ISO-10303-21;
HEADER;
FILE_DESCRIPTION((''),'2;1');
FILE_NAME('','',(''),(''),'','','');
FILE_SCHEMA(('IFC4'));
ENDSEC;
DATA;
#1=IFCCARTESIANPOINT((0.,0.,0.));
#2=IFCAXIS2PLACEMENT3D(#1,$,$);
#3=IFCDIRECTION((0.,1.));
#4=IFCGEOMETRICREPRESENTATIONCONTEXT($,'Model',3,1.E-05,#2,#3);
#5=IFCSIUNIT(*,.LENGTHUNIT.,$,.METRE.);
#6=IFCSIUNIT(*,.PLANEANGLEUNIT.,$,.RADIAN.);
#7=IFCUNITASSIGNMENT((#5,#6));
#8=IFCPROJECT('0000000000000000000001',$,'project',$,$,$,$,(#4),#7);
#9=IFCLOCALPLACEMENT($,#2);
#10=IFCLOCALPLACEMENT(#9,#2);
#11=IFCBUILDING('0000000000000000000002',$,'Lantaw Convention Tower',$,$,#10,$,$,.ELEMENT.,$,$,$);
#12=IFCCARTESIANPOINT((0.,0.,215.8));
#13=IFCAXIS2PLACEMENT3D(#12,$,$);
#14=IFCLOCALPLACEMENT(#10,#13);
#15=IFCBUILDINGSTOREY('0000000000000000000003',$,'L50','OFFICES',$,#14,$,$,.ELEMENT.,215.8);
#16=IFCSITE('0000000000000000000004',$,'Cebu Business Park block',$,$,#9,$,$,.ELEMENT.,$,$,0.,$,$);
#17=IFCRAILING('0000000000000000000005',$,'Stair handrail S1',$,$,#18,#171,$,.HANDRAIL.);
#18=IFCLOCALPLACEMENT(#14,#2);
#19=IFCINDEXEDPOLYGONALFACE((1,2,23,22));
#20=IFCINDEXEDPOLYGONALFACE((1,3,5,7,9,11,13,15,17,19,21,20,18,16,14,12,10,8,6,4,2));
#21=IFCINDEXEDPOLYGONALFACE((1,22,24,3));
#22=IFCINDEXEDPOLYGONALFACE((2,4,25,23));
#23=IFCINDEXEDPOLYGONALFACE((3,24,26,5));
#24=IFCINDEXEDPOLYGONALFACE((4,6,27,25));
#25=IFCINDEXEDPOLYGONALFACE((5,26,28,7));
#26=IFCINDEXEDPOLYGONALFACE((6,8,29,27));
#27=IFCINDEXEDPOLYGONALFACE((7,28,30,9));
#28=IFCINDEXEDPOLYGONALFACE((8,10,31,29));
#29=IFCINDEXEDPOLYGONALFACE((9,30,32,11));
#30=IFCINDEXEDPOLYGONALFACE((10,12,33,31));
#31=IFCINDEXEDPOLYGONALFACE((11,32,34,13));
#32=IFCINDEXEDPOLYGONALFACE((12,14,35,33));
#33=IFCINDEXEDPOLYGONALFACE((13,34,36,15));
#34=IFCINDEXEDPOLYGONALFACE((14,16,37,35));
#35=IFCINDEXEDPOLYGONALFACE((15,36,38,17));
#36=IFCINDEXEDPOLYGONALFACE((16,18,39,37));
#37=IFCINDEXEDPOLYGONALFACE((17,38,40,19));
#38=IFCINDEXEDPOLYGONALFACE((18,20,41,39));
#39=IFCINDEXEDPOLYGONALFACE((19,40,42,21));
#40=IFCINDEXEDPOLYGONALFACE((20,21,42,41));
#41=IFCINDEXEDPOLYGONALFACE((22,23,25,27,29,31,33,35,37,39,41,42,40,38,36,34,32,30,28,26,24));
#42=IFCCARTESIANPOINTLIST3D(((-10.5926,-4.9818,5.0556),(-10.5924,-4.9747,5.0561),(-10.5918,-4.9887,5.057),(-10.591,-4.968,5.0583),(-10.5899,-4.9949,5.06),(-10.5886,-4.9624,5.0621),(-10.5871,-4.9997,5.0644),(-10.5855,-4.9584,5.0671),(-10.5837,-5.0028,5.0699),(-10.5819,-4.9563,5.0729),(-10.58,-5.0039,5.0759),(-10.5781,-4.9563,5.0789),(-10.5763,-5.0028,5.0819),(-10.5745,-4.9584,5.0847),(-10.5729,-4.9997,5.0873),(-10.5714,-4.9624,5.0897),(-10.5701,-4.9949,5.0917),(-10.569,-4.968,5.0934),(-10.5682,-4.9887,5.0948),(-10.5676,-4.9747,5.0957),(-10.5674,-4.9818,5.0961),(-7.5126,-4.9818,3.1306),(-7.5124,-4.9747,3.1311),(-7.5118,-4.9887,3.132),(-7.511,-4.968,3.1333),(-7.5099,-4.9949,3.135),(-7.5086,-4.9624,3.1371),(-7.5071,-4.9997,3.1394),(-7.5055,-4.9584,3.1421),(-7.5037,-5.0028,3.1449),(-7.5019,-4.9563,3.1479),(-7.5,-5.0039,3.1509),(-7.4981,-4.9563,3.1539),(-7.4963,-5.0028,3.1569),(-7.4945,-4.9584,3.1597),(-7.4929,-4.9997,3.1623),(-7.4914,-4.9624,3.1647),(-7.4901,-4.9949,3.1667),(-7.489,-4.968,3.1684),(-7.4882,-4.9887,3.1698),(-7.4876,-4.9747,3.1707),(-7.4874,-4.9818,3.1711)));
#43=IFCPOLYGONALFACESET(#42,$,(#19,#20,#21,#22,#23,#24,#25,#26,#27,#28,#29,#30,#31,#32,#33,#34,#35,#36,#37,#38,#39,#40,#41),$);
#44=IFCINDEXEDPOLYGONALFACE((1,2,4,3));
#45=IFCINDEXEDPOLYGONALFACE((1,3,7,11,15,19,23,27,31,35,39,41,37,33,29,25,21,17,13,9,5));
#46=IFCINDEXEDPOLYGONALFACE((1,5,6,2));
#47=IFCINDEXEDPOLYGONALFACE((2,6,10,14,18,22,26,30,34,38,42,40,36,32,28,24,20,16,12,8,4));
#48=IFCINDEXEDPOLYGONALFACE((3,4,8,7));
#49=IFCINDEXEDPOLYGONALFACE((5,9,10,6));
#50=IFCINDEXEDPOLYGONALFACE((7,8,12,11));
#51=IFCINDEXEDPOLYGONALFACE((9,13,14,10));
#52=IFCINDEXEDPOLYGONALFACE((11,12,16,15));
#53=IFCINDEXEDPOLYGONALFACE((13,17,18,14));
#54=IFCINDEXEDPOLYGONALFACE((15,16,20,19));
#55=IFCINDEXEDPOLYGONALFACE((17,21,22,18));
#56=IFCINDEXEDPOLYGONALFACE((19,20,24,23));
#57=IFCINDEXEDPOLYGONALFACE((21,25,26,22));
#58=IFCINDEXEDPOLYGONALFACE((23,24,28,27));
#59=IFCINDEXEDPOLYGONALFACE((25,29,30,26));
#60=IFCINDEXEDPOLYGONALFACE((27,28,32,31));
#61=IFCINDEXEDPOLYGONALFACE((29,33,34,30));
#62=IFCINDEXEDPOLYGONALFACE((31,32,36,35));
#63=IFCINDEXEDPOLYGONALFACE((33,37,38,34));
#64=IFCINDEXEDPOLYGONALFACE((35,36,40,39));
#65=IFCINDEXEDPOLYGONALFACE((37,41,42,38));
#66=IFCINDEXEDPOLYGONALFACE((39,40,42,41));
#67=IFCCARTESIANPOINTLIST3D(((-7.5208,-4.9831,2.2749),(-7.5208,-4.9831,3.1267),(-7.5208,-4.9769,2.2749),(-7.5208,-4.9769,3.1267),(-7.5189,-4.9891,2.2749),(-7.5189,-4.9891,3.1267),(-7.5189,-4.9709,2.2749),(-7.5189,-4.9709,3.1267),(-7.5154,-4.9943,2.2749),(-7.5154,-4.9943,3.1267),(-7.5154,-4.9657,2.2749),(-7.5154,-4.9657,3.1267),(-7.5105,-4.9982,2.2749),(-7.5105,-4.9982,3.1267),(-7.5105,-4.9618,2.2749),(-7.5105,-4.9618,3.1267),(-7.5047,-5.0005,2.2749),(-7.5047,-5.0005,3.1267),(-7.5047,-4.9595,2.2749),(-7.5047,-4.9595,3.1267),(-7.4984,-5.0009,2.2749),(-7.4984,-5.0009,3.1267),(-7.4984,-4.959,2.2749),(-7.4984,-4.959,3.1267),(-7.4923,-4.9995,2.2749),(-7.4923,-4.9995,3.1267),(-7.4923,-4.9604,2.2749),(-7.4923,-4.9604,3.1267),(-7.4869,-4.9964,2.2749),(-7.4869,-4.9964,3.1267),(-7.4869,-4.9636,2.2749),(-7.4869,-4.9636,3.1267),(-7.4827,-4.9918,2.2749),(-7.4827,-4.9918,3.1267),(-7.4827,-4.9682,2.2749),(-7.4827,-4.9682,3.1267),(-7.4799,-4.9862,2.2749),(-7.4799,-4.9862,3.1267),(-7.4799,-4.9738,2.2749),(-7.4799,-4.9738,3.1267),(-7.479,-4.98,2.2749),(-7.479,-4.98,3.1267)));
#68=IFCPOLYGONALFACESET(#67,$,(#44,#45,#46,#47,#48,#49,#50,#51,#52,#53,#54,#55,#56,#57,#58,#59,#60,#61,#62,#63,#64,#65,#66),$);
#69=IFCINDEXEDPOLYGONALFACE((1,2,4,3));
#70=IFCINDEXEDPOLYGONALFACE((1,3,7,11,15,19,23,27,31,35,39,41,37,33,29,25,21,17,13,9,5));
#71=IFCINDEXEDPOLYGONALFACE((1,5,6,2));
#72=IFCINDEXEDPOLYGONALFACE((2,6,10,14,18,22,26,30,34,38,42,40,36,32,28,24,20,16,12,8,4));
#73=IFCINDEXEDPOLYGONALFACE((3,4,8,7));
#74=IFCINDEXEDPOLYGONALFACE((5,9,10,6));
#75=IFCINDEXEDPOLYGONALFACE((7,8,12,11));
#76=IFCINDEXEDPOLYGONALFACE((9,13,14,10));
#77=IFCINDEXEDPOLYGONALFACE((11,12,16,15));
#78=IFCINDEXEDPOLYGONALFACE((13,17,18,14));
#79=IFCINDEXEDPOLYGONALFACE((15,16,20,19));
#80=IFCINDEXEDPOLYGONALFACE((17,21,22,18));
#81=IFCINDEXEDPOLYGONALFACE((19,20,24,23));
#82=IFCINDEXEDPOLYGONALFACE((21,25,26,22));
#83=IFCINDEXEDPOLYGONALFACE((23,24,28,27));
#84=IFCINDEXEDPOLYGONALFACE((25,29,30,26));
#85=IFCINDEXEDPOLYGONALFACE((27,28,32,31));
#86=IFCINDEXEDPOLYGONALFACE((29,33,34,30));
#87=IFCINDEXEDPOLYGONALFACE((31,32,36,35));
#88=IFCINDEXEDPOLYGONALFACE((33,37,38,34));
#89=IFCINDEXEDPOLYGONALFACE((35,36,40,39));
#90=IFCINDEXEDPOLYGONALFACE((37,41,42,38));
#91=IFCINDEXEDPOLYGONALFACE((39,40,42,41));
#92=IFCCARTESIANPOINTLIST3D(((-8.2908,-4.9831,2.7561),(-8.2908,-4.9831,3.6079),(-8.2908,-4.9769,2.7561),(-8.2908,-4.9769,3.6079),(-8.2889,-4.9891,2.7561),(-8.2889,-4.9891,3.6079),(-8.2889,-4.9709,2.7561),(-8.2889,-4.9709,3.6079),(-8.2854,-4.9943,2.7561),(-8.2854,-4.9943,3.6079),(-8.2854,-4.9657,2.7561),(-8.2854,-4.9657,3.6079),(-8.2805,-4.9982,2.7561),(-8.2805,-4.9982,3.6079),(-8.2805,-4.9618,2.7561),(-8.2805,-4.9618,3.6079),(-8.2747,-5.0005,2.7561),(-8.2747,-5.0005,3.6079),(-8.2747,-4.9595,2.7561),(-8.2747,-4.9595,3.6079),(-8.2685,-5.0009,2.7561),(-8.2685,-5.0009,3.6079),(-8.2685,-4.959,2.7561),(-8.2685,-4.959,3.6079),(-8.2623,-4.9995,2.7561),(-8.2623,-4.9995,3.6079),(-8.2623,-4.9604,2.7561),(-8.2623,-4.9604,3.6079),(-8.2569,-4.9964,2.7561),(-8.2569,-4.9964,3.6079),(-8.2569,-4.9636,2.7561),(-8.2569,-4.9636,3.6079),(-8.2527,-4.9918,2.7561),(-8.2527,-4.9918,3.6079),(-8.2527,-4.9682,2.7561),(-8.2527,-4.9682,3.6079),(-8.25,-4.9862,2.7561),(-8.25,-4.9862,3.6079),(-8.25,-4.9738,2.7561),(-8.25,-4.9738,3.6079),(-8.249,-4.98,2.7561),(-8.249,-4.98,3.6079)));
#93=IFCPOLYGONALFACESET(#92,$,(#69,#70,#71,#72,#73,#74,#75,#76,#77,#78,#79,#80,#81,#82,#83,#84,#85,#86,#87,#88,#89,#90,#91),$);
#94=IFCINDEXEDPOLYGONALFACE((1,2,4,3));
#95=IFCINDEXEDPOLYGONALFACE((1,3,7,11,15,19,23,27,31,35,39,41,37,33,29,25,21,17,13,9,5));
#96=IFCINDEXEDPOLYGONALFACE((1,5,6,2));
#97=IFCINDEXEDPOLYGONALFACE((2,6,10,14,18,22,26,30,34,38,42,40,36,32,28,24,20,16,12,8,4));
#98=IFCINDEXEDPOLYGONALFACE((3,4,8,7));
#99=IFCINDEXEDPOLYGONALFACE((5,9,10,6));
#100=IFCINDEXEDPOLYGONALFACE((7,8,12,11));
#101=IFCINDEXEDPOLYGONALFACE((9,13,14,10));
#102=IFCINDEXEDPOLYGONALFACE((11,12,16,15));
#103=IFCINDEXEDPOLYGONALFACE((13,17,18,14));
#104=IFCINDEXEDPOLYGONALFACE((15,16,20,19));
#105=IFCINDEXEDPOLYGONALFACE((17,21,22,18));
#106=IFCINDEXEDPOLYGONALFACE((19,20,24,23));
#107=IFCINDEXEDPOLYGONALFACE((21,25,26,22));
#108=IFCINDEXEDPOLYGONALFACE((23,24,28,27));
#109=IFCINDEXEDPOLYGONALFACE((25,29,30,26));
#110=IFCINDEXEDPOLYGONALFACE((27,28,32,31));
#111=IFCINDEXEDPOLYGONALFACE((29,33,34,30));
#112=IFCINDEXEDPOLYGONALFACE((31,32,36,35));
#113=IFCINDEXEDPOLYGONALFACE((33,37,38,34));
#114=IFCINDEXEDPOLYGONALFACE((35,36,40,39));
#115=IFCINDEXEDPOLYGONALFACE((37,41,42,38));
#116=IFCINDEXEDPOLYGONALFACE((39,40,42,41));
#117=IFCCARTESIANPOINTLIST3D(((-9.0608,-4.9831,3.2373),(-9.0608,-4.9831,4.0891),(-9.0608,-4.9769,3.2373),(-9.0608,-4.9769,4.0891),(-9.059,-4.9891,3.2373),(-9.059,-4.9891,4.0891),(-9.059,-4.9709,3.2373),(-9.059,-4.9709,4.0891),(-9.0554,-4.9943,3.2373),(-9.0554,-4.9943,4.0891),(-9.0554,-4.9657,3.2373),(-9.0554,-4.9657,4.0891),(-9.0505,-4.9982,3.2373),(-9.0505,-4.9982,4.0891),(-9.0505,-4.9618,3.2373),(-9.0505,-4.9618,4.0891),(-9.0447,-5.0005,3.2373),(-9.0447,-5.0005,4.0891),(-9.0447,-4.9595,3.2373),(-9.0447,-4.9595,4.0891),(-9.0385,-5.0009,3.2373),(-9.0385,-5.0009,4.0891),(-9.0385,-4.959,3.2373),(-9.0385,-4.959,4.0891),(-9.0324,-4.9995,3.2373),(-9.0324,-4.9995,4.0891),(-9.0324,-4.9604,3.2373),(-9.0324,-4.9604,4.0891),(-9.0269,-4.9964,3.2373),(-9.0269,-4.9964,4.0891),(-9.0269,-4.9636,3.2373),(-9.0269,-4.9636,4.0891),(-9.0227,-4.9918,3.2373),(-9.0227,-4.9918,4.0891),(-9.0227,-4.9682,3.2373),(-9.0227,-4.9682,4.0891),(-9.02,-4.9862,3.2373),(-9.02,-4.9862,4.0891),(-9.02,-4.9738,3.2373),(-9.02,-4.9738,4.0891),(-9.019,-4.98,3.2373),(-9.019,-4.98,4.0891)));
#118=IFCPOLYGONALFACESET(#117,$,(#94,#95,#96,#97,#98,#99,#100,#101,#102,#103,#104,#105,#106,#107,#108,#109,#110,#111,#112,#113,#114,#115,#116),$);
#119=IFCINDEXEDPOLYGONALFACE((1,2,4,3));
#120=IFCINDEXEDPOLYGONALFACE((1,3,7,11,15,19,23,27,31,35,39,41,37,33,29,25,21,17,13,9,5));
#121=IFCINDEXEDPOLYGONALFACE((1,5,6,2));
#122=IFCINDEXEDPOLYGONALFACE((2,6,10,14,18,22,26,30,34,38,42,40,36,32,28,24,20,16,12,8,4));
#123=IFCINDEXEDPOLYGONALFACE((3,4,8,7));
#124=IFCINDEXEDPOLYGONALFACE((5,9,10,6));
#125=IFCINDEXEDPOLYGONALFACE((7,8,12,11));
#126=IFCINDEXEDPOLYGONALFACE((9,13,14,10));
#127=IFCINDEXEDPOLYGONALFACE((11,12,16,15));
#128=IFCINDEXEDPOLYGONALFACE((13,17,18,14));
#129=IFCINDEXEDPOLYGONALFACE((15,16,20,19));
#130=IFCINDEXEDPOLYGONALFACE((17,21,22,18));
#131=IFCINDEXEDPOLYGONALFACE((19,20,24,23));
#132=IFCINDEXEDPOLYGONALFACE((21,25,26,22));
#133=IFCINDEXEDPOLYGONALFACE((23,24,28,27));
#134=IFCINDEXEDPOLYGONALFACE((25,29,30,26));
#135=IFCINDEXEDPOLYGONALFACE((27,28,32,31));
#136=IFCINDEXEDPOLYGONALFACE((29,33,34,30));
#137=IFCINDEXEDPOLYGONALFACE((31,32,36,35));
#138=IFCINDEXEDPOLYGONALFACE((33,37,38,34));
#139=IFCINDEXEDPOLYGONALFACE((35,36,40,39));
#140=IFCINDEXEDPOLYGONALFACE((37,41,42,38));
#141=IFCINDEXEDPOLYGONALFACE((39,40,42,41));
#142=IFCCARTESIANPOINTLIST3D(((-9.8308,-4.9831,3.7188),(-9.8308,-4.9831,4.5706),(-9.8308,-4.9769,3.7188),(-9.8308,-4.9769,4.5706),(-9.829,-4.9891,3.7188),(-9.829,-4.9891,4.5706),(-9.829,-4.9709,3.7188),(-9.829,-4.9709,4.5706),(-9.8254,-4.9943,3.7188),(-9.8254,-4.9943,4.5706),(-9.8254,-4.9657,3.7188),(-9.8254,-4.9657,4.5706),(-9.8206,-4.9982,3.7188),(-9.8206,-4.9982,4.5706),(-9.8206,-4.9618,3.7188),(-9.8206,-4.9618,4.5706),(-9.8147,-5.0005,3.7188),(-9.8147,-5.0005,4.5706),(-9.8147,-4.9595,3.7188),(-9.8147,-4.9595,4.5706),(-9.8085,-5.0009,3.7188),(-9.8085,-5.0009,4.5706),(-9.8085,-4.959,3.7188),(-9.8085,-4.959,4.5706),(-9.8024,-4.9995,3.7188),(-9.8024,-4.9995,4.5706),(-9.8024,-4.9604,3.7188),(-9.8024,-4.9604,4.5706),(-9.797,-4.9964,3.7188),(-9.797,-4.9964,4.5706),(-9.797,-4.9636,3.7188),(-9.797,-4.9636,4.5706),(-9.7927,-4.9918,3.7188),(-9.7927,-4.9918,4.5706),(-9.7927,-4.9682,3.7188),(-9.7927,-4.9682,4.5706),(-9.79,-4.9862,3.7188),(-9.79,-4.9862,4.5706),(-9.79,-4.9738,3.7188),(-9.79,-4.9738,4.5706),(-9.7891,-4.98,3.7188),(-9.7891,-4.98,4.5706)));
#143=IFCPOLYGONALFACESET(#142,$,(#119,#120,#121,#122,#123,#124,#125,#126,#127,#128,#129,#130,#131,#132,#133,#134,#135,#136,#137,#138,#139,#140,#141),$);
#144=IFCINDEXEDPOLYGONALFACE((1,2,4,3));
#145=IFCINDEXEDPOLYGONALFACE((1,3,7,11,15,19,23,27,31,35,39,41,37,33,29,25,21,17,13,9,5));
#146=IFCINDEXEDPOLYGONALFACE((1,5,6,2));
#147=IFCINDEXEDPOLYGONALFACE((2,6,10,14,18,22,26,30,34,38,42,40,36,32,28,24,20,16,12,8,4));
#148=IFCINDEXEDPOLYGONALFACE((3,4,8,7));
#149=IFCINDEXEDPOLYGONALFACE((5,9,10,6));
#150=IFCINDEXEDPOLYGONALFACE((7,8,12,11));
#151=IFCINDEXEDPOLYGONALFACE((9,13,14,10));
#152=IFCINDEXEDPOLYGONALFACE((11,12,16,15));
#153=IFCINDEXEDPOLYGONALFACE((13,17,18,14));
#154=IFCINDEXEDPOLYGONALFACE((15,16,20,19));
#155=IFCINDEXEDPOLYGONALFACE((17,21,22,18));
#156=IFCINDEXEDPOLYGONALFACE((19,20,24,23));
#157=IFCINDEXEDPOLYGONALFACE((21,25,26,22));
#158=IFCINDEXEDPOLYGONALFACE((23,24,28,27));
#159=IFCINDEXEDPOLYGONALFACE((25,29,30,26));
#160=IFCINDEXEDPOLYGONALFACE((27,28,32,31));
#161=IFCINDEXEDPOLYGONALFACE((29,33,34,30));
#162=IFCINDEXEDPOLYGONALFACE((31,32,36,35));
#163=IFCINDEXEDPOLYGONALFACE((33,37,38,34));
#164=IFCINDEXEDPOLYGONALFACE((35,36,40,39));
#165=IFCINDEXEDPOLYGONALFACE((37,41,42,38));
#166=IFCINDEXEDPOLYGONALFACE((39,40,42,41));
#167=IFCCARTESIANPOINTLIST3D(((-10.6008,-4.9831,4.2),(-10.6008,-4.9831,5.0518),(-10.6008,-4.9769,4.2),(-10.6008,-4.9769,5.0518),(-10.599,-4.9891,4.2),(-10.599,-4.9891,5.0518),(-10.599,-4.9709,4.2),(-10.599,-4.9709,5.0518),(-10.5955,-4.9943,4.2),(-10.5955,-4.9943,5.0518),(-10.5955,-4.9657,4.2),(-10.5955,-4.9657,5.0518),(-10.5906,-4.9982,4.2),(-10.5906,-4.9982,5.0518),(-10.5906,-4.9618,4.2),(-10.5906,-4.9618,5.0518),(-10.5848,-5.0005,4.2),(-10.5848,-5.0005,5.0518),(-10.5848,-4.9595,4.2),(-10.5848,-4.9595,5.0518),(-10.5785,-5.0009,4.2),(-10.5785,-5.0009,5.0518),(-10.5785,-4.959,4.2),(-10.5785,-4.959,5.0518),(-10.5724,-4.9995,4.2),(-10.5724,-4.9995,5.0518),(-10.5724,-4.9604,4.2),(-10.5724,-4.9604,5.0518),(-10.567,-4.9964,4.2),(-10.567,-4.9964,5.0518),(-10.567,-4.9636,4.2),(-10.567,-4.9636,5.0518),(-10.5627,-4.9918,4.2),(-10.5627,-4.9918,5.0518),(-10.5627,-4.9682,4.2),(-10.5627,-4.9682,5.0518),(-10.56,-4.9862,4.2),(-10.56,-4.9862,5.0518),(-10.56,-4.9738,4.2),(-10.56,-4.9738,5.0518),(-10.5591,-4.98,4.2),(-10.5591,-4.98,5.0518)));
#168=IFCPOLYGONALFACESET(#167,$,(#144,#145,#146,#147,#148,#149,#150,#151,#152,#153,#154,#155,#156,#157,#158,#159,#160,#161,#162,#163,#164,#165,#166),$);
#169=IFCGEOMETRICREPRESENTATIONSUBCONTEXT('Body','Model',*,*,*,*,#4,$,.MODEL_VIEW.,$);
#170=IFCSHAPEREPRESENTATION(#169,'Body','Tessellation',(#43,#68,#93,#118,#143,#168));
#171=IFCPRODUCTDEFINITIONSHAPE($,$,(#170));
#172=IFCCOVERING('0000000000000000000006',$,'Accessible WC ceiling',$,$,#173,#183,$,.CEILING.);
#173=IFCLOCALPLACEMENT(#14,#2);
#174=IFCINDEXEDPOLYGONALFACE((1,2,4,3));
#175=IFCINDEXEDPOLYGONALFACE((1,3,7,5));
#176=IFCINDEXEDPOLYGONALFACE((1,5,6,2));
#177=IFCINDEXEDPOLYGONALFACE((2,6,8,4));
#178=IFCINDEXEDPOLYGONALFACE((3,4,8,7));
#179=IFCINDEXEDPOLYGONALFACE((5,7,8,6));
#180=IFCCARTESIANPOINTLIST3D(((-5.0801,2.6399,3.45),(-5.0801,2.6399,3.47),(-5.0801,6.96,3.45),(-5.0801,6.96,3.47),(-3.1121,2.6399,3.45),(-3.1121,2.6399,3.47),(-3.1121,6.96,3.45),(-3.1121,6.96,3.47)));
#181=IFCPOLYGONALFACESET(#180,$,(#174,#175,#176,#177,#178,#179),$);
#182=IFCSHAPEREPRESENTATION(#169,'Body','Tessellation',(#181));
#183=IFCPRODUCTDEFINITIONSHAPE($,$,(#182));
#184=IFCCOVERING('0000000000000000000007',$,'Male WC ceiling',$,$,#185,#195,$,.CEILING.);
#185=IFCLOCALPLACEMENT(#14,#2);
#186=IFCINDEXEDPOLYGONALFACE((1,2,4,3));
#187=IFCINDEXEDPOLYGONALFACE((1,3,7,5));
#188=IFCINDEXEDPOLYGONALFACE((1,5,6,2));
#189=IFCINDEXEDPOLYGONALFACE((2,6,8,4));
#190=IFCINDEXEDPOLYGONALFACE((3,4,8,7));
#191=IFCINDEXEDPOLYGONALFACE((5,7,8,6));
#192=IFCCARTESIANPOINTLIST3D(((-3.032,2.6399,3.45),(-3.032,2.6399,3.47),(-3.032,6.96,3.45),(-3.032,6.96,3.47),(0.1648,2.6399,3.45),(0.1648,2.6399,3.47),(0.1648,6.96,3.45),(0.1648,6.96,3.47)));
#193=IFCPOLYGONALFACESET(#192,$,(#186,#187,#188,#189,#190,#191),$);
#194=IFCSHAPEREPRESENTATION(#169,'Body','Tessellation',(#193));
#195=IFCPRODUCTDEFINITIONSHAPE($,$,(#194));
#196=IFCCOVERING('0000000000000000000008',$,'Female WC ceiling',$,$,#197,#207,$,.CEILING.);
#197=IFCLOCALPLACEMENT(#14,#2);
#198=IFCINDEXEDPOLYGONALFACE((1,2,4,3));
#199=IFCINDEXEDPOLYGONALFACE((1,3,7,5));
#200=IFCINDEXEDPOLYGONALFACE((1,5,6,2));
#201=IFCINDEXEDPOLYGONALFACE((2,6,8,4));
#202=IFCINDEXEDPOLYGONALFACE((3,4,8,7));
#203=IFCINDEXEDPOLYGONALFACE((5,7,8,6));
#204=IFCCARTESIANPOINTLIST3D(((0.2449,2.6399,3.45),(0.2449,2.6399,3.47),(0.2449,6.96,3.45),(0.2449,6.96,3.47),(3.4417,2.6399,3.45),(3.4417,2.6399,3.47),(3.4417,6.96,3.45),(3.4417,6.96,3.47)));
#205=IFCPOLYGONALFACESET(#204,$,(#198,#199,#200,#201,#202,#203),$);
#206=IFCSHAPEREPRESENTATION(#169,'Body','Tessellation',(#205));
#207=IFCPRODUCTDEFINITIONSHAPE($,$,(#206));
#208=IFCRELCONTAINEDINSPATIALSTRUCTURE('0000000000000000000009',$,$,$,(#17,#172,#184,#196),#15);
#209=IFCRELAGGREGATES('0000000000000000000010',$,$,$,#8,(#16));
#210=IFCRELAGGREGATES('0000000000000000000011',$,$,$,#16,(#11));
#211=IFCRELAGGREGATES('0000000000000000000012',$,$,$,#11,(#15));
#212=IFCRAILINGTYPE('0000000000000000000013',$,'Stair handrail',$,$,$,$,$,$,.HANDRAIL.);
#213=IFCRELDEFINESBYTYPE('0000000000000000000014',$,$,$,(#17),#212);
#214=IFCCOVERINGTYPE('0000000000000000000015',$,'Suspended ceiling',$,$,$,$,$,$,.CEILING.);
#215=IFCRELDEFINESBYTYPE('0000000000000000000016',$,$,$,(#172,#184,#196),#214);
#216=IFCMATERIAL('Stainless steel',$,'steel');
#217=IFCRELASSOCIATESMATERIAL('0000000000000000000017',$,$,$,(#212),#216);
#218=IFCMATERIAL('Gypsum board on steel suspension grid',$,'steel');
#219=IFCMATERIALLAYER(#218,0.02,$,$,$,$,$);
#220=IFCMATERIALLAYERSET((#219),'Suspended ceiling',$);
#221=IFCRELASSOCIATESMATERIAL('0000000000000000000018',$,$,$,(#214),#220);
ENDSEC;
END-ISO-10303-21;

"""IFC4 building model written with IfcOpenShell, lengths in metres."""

from ifc_helpers import new_model, si_unit, direction, frame, origin, origin_2d, place, context, subcontext, project, spatial, polyline, circle, outline, extrude, material, layer, layer_set, type_object, element, save


model = new_model("IFC4")

# Units and contexts
model_context = context("Model", 3, precision=1e-05, world=origin(), true_north=direction((0.0, 1.0)))
body_context = subcontext(model_context, "Body", "Model", "MODEL_VIEW")
ifc_project = project(units=[si_unit("LENGTHUNIT", "METRE"), si_unit("PLANEANGLEUNIT", "RADIAN")], contexts=[model_context])

# Site, building, storey
site_placement = place(None, origin())
site = spatial("IfcSite", under=ifc_project, at=site_placement, Name="Cebu Business Park block", CompositionType="ELEMENT", RefElevation=0.0)
building_placement = place(site_placement, origin())
building = spatial("IfcBuilding", under=site, at=building_placement, Name="Lantaw Convention Tower", CompositionType="ELEMENT")
storey_placement = place(building_placement, frame((0.0, 0.0, 215.8)))
storey = spatial("IfcBuildingStorey", under=building, at=storey_placement, Name="L50", Description="OFFICES", CompositionType="ELEMENT", Elevation=215.8)

# Shared definitions
ifc_material_1 = material(Name="Stainless steel", Category="steel")

# Railing
railing_type = type_object("IfcRailingType", Name="Stair handrail", PredefinedType="HANDRAIL", material=ifc_material_1)
railing_1_placement = place(storey_placement, frame((-7.5, -4.98, 2.2749)))
element("IfcRailing", 1, at=railing_1_placement, inside=storey, type_object=railing_type, Name="Stair handrail S1", PredefinedType="HANDRAIL", context=body_context, shape_type="SweptSolid", body=[
    extrude(circle(Radius=0.0239, at=origin_2d()), frame((0.0, 0.0, 0.876), z_axis=(-0.847998, 0.0, 0.529999), x_axis=(0.0, -1.0, 0.0)), (0.0, 0.0, 1.0), 3.6321),
    extrude(circle(Radius=0.021, at=origin_2d()), origin(), (0.0, 0.0, 1.0), 0.8518),
    extrude(circle(Radius=0.021, at=origin_2d()), frame((-0.77, 0.0, 0.4812)), (0.0, 0.0, 1.0), 0.8518),
    extrude(circle(Radius=0.021, at=origin_2d()), frame((-1.54, 0.0, 0.9624)), (0.0, 0.0, 1.0), 0.8518),
    extrude(circle(Radius=0.021, at=origin_2d()), frame((-2.3101, 0.0, 1.4438)), (0.0, 0.0, 1.0), 0.8518),
    extrude(circle(Radius=0.021, at=origin_2d()), frame((-3.0801, 0.0, 1.925)), (0.0, 0.0, 1.0), 0.8518),
])

# Coverings
ifc_material_2 = material(Name="Gypsum board on steel suspension grid", Category="steel")
ifc_layer_1 = layer(ifc_material_2, 0.02)
ifc_layer_set_1 = layer_set([ifc_layer_1], Name="Suspended ceiling")
covering_type = type_object("IfcCoveringType", Name="Suspended ceiling", PredefinedType="CEILING", material=ifc_layer_set_1)
covering_1_placement = place(storey_placement, frame((0.0, 0.0, 3.45)))
element("IfcCovering", 2, at=covering_1_placement, inside=storey, type_object=covering_type, Name="Accessible WC ceiling", PredefinedType="CEILING", context=body_context, shape_type="SweptSolid", body=[
    extrude(outline(polyline([(-5.0801, 2.6399), (-3.1121, 2.6399), (-3.1121, 6.96), (-5.0801, 6.96), (-5.0801, 2.6399)])), origin(), (0.0, 0.0, 1.0), 0.02),
])
covering_2_placement = place(storey_placement, frame((0.0, 0.0, 3.45)))
element("IfcCovering", 3, at=covering_2_placement, inside=storey, type_object=covering_type, Name="Male WC ceiling", PredefinedType="CEILING", context=body_context, shape_type="SweptSolid", body=[
    extrude(outline(polyline([(-3.032, 2.6399), (0.1648, 2.6399), (0.1648, 6.96), (-3.032, 6.96), (-3.032, 2.6399)])), origin(), (0.0, 0.0, 1.0), 0.02),
])
covering_3_placement = place(storey_placement, frame((0.0, 0.0, 3.45)))
element("IfcCovering", 4, at=covering_3_placement, inside=storey, type_object=covering_type, Name="Female WC ceiling", PredefinedType="CEILING", context=body_context, shape_type="SweptSolid", body=[
    extrude(outline(polyline([(0.2449, 2.6399), (3.4417, 2.6399), (3.4417, 6.96), (0.2449, 6.96), (0.2449, 2.6399)])), origin(), (0.0, 0.0, 1.0), 0.02),
])

save(model, "model.ifc")
